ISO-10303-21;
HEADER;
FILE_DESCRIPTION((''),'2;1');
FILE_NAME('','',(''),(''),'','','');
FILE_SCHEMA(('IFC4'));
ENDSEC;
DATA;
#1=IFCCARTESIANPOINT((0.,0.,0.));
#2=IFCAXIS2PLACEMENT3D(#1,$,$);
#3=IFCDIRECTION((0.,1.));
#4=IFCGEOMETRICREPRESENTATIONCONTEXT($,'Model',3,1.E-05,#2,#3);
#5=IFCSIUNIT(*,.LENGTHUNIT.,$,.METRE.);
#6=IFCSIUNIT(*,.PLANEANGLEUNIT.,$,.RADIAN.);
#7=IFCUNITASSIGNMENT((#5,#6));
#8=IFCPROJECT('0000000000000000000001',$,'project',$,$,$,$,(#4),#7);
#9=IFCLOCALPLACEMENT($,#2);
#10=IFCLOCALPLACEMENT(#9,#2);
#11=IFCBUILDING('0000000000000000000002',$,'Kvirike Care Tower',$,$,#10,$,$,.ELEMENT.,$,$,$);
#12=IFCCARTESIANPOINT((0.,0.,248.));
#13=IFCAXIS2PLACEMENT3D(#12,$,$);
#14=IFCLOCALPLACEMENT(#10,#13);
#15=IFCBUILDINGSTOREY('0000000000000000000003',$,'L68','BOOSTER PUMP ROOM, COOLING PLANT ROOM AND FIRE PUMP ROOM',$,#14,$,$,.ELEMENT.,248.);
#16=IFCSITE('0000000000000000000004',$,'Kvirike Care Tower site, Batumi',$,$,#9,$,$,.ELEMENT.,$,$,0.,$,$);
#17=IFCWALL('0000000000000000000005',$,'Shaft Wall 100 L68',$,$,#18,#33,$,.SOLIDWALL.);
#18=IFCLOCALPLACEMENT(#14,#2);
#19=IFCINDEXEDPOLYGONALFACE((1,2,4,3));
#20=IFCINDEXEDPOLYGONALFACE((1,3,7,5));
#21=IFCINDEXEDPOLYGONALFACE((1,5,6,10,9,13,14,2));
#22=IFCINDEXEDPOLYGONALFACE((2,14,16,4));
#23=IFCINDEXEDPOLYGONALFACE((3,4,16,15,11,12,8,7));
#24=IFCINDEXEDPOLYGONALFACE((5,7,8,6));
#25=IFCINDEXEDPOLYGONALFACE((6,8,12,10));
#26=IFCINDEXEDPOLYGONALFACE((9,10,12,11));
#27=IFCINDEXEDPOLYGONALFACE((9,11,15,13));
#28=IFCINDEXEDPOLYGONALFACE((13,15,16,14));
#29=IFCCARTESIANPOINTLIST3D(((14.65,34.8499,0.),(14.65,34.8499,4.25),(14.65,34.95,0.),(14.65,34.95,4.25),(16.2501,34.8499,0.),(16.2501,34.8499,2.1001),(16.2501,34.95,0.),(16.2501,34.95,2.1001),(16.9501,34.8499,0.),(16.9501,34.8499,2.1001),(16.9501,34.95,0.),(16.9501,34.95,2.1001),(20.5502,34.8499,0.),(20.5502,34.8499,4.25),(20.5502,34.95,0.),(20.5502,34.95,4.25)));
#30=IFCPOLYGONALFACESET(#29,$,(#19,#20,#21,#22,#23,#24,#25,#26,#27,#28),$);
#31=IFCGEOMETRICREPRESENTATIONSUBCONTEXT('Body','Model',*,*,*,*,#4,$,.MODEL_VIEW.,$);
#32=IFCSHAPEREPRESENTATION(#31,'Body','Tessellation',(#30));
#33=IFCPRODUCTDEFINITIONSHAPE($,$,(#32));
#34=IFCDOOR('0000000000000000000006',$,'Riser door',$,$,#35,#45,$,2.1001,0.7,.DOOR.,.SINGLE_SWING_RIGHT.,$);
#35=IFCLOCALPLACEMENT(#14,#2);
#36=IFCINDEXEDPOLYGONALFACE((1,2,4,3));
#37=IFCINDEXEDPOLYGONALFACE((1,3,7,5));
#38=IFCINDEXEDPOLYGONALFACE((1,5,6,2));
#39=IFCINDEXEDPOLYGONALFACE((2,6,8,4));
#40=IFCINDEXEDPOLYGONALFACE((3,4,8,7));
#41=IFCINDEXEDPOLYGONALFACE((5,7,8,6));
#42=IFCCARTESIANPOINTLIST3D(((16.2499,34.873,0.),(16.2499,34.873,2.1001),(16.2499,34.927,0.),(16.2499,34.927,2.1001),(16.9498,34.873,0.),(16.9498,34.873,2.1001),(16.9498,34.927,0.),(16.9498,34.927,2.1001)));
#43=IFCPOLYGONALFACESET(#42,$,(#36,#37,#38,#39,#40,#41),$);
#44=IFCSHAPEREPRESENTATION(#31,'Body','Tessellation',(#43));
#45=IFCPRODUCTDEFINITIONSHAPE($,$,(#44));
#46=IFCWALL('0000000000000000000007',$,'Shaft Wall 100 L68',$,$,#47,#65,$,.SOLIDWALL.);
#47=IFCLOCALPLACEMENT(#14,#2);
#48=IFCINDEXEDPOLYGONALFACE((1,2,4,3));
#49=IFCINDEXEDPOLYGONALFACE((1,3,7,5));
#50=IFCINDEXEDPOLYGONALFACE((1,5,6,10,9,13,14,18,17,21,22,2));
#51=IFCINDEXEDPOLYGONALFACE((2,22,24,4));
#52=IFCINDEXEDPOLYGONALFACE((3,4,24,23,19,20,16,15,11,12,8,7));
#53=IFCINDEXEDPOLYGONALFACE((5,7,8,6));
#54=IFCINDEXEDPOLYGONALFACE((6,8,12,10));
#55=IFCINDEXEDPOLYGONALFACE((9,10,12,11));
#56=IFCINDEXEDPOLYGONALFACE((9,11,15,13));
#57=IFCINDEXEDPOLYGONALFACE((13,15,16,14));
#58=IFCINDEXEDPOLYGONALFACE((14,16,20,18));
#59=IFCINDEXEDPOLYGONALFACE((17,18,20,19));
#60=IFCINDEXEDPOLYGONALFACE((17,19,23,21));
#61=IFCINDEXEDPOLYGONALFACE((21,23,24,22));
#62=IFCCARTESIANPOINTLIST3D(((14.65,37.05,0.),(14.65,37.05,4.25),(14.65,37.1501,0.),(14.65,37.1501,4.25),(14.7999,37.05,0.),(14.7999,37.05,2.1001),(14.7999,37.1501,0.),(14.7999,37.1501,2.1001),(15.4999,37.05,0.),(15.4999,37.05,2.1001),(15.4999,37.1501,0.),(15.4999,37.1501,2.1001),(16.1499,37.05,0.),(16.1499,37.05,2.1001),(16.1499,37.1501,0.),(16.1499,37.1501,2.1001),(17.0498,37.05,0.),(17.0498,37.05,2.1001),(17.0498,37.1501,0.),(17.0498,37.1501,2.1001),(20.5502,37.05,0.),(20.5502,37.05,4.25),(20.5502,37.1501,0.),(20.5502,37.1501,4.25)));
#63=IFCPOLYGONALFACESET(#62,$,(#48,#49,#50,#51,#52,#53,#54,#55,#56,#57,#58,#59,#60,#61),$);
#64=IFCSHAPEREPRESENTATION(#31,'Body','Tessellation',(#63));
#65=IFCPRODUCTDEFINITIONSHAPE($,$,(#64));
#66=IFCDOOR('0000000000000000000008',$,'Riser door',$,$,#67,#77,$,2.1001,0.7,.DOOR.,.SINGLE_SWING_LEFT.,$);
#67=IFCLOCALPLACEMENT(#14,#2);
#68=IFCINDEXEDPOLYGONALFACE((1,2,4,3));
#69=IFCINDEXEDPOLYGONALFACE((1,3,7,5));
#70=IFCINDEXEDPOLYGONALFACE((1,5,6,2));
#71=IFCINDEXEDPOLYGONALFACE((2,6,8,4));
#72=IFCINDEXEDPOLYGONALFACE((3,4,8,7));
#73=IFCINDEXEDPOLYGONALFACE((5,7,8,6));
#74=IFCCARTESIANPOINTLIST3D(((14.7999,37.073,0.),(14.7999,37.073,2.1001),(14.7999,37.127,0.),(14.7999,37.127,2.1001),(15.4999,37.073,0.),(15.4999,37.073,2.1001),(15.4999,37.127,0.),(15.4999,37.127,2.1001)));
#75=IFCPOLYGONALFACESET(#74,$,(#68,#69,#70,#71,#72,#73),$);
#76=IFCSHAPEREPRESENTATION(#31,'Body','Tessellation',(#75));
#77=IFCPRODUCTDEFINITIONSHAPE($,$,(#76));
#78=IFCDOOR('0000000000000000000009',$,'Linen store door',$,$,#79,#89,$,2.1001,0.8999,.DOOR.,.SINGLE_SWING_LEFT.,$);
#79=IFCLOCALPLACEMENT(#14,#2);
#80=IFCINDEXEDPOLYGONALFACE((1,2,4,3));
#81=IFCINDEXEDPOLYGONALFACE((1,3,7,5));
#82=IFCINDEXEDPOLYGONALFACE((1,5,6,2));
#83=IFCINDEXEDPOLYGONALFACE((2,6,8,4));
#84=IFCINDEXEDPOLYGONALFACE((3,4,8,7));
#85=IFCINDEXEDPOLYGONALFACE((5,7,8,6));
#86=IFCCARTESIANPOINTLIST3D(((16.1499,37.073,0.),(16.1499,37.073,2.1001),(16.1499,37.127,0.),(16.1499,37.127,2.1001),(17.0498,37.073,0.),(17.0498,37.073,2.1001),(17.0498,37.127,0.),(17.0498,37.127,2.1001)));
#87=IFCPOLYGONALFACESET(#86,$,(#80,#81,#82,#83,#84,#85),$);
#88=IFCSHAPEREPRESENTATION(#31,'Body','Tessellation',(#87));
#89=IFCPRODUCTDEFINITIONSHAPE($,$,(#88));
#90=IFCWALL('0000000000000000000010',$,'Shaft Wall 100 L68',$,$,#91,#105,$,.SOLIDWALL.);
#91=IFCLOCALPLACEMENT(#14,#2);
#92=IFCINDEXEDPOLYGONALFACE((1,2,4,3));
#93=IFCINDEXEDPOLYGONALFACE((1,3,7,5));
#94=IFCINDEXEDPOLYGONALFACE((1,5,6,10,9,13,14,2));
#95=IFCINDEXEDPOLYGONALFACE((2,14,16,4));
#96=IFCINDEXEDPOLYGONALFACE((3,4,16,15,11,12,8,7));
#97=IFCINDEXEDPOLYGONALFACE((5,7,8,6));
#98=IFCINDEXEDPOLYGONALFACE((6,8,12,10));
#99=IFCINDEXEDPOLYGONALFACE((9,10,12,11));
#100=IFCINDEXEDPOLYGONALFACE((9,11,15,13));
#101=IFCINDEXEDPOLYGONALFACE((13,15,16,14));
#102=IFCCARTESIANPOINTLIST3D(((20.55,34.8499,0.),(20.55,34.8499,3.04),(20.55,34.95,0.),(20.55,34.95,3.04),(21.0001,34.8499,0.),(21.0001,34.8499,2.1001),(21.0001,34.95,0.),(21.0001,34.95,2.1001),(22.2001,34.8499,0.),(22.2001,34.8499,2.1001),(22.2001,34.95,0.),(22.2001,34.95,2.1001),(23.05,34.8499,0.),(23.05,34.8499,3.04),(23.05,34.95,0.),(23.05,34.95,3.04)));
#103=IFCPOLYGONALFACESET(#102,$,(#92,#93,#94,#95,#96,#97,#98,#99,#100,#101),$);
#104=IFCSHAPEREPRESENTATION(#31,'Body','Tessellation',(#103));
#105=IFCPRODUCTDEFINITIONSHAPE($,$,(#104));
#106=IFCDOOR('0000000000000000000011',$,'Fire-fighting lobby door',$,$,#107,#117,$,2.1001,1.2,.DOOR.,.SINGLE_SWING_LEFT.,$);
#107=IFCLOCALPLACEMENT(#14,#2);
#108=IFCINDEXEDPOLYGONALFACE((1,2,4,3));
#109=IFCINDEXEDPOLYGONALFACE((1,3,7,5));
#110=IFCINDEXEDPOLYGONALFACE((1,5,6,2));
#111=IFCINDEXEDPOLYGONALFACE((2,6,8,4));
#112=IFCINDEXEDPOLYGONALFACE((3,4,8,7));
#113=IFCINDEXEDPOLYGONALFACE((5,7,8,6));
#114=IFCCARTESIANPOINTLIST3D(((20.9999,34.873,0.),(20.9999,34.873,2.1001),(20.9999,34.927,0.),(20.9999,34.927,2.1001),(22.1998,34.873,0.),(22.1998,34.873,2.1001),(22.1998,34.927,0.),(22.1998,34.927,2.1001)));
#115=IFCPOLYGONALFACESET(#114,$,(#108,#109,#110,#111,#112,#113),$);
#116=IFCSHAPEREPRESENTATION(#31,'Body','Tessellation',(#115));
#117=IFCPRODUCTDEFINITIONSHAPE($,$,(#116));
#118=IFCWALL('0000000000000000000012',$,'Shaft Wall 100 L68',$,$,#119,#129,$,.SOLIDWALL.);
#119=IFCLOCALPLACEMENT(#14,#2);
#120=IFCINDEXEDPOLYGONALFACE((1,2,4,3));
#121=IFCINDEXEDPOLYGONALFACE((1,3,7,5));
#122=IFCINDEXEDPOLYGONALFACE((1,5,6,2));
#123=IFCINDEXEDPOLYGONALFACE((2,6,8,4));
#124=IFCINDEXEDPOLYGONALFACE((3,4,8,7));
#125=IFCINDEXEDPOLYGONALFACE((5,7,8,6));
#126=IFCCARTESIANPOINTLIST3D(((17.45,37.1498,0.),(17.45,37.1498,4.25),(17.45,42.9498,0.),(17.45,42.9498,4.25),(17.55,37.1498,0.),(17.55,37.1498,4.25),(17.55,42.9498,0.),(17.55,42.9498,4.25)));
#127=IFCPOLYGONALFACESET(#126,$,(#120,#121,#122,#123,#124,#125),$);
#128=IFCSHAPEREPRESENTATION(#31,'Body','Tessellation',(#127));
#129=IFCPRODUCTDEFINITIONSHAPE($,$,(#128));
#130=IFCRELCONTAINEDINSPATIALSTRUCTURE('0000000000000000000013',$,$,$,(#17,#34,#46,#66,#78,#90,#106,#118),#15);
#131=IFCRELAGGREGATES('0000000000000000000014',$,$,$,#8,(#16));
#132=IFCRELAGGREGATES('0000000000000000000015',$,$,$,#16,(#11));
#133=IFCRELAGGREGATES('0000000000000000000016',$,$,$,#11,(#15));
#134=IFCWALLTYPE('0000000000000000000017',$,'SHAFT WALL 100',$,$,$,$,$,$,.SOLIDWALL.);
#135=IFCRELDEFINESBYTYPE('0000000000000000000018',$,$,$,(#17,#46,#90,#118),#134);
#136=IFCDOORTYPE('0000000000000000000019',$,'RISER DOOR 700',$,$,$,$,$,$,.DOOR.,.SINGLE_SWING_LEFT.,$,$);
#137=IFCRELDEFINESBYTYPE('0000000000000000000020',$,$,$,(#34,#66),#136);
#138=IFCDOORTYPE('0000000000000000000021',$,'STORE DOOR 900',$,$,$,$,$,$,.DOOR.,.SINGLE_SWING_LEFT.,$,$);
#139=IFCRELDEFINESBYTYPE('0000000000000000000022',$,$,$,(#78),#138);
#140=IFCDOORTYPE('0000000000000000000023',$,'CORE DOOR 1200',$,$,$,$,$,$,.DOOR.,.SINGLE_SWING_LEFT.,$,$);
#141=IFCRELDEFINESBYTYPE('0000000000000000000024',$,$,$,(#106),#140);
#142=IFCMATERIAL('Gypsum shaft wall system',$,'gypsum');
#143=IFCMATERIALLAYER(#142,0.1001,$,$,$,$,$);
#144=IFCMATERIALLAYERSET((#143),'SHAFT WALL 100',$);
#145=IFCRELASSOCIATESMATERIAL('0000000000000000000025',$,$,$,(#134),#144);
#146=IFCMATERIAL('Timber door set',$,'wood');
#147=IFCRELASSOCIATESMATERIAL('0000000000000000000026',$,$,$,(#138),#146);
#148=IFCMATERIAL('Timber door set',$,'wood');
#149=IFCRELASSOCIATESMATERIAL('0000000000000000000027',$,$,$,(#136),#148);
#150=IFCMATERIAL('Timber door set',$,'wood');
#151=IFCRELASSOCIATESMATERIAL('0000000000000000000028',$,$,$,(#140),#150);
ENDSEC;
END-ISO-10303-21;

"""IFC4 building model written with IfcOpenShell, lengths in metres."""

from ifc_helpers import new_model, si_unit, direction, frame, frame_2d, origin, place, context, subcontext, project, spatial, rectangle, extrude, material, layer, layer_set, type_object, element, fill, save


model = new_model("IFC4")

# Units and contexts
model_context = context("Model", 3, precision=1e-05, world=origin(), true_north=direction((0.0, 1.0)))
body_context = subcontext(model_context, "Body", "Model", "MODEL_VIEW")
ifc_project = project(units=[si_unit("LENGTHUNIT", "METRE"), si_unit("PLANEANGLEUNIT", "RADIAN")], contexts=[model_context])

# Site, building, storey
site_placement = place(None, origin())
site = spatial("IfcSite", under=ifc_project, at=site_placement, Name="Kvirike Care Tower site, Batumi", CompositionType="ELEMENT", RefElevation=0.0)
building_placement = place(site_placement, origin())
building = spatial("IfcBuilding", under=site, at=building_placement, Name="Kvirike Care Tower", CompositionType="ELEMENT")
storey_placement = place(building_placement, frame((0.0, 0.0, 248.0)))
storey = spatial("IfcBuildingStorey", under=building, at=storey_placement, Name="L68", Description="BOOSTER PUMP ROOM, COOLING PLANT ROOM AND FIRE PUMP ROOM", CompositionType="ELEMENT", Elevation=248.0)

# Shared definitions
ifc_material_1 = material(Name="Gypsum shaft wall system", Category="gypsum")
ifc_layer = layer(ifc_material_1, 0.1001)
ifc_layer_set = layer_set([ifc_layer], Name="SHAFT WALL 100")
wall_type = type_object("IfcWallType", Name="SHAFT WALL 100", PredefinedType="SOLIDWALL", material=ifc_layer_set)

# Wall, opening, door
ifc_material_2 = material(Name="Timber door set", Category="wood")
door_type_1 = type_object("IfcDoorType", Name="STORE DOOR 900", OperationType="SINGLE_SWING_LEFT", PredefinedType="DOOR", material=ifc_material_2)
wall_1_placement = place(storey_placement, frame((14.6499, 34.8999, 0.0), z_axis=(0.0, 0.0, 1.0), x_axis=(1.0, 0.0, 0.0)))
wall_1 = element("IfcWall", 1, at=wall_1_placement, inside=storey, type_object=wall_type, Name="Shaft Wall 100 L68", PredefinedType="SOLIDWALL", context=body_context, shape_type="SweptSolid", body=[
    extrude(rectangle(XDim=5.9001, YDim=0.1001, at=frame_2d((2.9502, 0.0))), origin(), (0.0, 0.0, 1.0), 4.25),
])
opening_1_placement = place(wall_1_placement, frame((1.6001, 0.0, 0.0)))
opening_1 = element("IfcOpeningElement", 2, at=opening_1_placement, cuts=wall_1, PredefinedType="OPENING", context=body_context, shape_type="SweptSolid", body=[
    extrude(rectangle(XDim=0.7, YDim=2.1001, at=frame_2d((0.3501, 1.05))), frame((0.0, 0.0605, 0.0), z_axis=(0.0, -1.0, 0.0), x_axis=(1.0, 0.0, 0.0)), (0.0, 0.0, 1.0), 0.1211),
])
ifc_material_3 = material(Name="Timber door set", Category="wood")
door_type_2 = type_object("IfcDoorType", Name="RISER DOOR 700", OperationType="SINGLE_SWING_LEFT", PredefinedType="DOOR", material=ifc_material_3)
door_1_placement = place(opening_1_placement, frame((0.7, 0.0, 0.0), z_axis=(0.0, 0.0, 1.0), x_axis=(-1.0, 0.0, 0.0)))
door_1 = element("IfcDoor", 3, at=door_1_placement, inside=storey, type_object=door_type_2, Name="Riser door", OperationType="SINGLE_SWING_RIGHT", OverallHeight=2.1001, OverallWidth=0.7, PredefinedType="DOOR", context=body_context, shape_type="SweptSolid", body=[
    extrude(rectangle(XDim=0.7, YDim=2.1001, at=frame_2d((0.3501, 1.05))), frame((0.0, 0.0269, 0.0), z_axis=(0.0, -1.0, 0.0), x_axis=(1.0, 0.0, 0.0)), (0.0, 0.0, 1.0), 0.054),
])
fill(opening_1, door_1)

# Wall, openings, doors
wall_2_placement = place(storey_placement, frame((14.6499, 37.1001, 0.0), z_axis=(0.0, 0.0, 1.0), x_axis=(1.0, 0.0, 0.0)))
wall_2 = element("IfcWall", 4, at=wall_2_placement, inside=storey, type_object=wall_type, Name="Shaft Wall 100 L68", PredefinedType="SOLIDWALL", context=body_context, shape_type="SweptSolid", body=[
    extrude(rectangle(XDim=5.9001, YDim=0.1001, at=frame_2d((2.9502, 0.0))), origin(), (0.0, 0.0, 1.0), 4.25),
])
opening_2_placement = place(wall_2_placement, frame((0.1499, 0.0, 0.0)))
opening_2 = element("IfcOpeningElement", 5, at=opening_2_placement, cuts=wall_2, PredefinedType="OPENING", context=body_context, shape_type="SweptSolid", body=[
    extrude(rectangle(XDim=0.7, YDim=2.1001, at=frame_2d((0.3501, 1.05))), frame((0.0, 0.0605, 0.0), z_axis=(0.0, -1.0, 0.0), x_axis=(1.0, 0.0, 0.0)), (0.0, 0.0, 1.0), 0.1211),
])
opening_3_placement = place(wall_2_placement, frame((1.5, 0.0, 0.0)))
opening_3 = element("IfcOpeningElement", 6, at=opening_3_placement, cuts=wall_2, PredefinedType="OPENING", context=body_context, shape_type="SweptSolid", body=[
    extrude(rectangle(XDim=0.8999, YDim=2.1001, at=frame_2d((0.45, 1.05))), frame((0.0, 0.0605, 0.0), z_axis=(0.0, -1.0, 0.0), x_axis=(1.0, 0.0, 0.0)), (0.0, 0.0, 1.0), 0.1211),
])
door_2_placement = place(opening_2_placement, origin())
door_2 = element("IfcDoor", 7, at=door_2_placement, inside=storey, type_object=door_type_2, Name="Riser door", OperationType="SINGLE_SWING_LEFT", OverallHeight=2.1001, OverallWidth=0.7, PredefinedType="DOOR", context=body_context, shape_type="SweptSolid", body=[
    extrude(rectangle(XDim=0.7, YDim=2.1001, at=frame_2d((0.3501, 1.05))), frame((0.0, 0.0269, 0.0), z_axis=(0.0, -1.0, 0.0), x_axis=(1.0, 0.0, 0.0)), (0.0, 0.0, 1.0), 0.054),
])
fill(opening_2, door_2)
door_3_placement = place(opening_3_placement, origin())
door_3 = element("IfcDoor", 8, at=door_3_placement, inside=storey, type_object=door_type_1, Name="Linen store door", OperationType="SINGLE_SWING_LEFT", OverallHeight=2.1001, OverallWidth=0.8999, PredefinedType="DOOR", context=body_context, shape_type="SweptSolid", body=[
    extrude(rectangle(XDim=0.8999, YDim=2.1001, at=frame_2d((0.45, 1.05))), frame((0.0, 0.0269, 0.0), z_axis=(0.0, -1.0, 0.0), x_axis=(1.0, 0.0, 0.0)), (0.0, 0.0, 1.0), 0.054),
])
fill(opening_3, door_3)

# Wall, opening, door
wall_3_placement = place(storey_placement, frame((20.55, 34.8999, 0.0), z_axis=(0.0, 0.0, 1.0), x_axis=(1.0, 0.0, 0.0)))
wall_3 = element("IfcWall", 9, at=wall_3_placement, inside=storey, type_object=wall_type, Name="Shaft Wall 100 L68", PredefinedType="SOLIDWALL", context=body_context, shape_type="SweptSolid", body=[
    extrude(rectangle(XDim=2.5, YDim=0.1001, at=frame_2d((1.25, 0.0))), origin(), (0.0, 0.0, 1.0), 3.04),
])
opening_4_placement = place(wall_3_placement, frame((0.45, 0.0, 0.0)))
opening_4 = element("IfcOpeningElement", 10, at=opening_4_placement, cuts=wall_3, PredefinedType="OPENING", context=body_context, shape_type="SweptSolid", body=[
    extrude(rectangle(XDim=1.2, YDim=2.1001, at=frame_2d((0.6001, 1.05))), frame((0.0, 0.0605, 0.0), z_axis=(0.0, -1.0, 0.0), x_axis=(1.0, 0.0, 0.0)), (0.0, 0.0, 1.0), 0.1211),
])
ifc_material_4 = material(Name="Timber door set", Category="wood")
door_type_3 = type_object("IfcDoorType", Name="CORE DOOR 1200", OperationType="SINGLE_SWING_LEFT", PredefinedType="DOOR", material=ifc_material_4)
door_4_placement = place(opening_4_placement, frame((1.2, 0.0, 0.0), z_axis=(0.0, 0.0, 1.0), x_axis=(-1.0, 0.0, 0.0)))
door_4 = element("IfcDoor", 11, at=door_4_placement, inside=storey, type_object=door_type_3, Name="Fire-fighting lobby door", OperationType="SINGLE_SWING_LEFT", OverallHeight=2.1001, OverallWidth=1.2, PredefinedType="DOOR", context=body_context, shape_type="SweptSolid", body=[
    extrude(rectangle(XDim=1.2, YDim=2.1001, at=frame_2d((0.6001, 1.05))), frame((0.0, 0.0269, 0.0), z_axis=(0.0, -1.0, 0.0), x_axis=(1.0, 0.0, 0.0)), (0.0, 0.0, 1.0), 0.054),
])
fill(opening_4, door_4)

# Wall
wall_4_placement = place(storey_placement, frame((17.5, 37.1499, 0.0), z_axis=(0.0, 0.0, 1.0), x_axis=(0.0, 1.0, 0.0)))
element("IfcWall", 12, at=wall_4_placement, inside=storey, type_object=wall_type, Name="Shaft Wall 100 L68", PredefinedType="SOLIDWALL", context=body_context, shape_type="SweptSolid", body=[
    extrude(rectangle(XDim=5.8, YDim=0.1001, at=frame_2d((2.8999, 0.0))), origin(), (0.0, 0.0, 1.0), 4.25),
])

save(model, "model.ifc")
